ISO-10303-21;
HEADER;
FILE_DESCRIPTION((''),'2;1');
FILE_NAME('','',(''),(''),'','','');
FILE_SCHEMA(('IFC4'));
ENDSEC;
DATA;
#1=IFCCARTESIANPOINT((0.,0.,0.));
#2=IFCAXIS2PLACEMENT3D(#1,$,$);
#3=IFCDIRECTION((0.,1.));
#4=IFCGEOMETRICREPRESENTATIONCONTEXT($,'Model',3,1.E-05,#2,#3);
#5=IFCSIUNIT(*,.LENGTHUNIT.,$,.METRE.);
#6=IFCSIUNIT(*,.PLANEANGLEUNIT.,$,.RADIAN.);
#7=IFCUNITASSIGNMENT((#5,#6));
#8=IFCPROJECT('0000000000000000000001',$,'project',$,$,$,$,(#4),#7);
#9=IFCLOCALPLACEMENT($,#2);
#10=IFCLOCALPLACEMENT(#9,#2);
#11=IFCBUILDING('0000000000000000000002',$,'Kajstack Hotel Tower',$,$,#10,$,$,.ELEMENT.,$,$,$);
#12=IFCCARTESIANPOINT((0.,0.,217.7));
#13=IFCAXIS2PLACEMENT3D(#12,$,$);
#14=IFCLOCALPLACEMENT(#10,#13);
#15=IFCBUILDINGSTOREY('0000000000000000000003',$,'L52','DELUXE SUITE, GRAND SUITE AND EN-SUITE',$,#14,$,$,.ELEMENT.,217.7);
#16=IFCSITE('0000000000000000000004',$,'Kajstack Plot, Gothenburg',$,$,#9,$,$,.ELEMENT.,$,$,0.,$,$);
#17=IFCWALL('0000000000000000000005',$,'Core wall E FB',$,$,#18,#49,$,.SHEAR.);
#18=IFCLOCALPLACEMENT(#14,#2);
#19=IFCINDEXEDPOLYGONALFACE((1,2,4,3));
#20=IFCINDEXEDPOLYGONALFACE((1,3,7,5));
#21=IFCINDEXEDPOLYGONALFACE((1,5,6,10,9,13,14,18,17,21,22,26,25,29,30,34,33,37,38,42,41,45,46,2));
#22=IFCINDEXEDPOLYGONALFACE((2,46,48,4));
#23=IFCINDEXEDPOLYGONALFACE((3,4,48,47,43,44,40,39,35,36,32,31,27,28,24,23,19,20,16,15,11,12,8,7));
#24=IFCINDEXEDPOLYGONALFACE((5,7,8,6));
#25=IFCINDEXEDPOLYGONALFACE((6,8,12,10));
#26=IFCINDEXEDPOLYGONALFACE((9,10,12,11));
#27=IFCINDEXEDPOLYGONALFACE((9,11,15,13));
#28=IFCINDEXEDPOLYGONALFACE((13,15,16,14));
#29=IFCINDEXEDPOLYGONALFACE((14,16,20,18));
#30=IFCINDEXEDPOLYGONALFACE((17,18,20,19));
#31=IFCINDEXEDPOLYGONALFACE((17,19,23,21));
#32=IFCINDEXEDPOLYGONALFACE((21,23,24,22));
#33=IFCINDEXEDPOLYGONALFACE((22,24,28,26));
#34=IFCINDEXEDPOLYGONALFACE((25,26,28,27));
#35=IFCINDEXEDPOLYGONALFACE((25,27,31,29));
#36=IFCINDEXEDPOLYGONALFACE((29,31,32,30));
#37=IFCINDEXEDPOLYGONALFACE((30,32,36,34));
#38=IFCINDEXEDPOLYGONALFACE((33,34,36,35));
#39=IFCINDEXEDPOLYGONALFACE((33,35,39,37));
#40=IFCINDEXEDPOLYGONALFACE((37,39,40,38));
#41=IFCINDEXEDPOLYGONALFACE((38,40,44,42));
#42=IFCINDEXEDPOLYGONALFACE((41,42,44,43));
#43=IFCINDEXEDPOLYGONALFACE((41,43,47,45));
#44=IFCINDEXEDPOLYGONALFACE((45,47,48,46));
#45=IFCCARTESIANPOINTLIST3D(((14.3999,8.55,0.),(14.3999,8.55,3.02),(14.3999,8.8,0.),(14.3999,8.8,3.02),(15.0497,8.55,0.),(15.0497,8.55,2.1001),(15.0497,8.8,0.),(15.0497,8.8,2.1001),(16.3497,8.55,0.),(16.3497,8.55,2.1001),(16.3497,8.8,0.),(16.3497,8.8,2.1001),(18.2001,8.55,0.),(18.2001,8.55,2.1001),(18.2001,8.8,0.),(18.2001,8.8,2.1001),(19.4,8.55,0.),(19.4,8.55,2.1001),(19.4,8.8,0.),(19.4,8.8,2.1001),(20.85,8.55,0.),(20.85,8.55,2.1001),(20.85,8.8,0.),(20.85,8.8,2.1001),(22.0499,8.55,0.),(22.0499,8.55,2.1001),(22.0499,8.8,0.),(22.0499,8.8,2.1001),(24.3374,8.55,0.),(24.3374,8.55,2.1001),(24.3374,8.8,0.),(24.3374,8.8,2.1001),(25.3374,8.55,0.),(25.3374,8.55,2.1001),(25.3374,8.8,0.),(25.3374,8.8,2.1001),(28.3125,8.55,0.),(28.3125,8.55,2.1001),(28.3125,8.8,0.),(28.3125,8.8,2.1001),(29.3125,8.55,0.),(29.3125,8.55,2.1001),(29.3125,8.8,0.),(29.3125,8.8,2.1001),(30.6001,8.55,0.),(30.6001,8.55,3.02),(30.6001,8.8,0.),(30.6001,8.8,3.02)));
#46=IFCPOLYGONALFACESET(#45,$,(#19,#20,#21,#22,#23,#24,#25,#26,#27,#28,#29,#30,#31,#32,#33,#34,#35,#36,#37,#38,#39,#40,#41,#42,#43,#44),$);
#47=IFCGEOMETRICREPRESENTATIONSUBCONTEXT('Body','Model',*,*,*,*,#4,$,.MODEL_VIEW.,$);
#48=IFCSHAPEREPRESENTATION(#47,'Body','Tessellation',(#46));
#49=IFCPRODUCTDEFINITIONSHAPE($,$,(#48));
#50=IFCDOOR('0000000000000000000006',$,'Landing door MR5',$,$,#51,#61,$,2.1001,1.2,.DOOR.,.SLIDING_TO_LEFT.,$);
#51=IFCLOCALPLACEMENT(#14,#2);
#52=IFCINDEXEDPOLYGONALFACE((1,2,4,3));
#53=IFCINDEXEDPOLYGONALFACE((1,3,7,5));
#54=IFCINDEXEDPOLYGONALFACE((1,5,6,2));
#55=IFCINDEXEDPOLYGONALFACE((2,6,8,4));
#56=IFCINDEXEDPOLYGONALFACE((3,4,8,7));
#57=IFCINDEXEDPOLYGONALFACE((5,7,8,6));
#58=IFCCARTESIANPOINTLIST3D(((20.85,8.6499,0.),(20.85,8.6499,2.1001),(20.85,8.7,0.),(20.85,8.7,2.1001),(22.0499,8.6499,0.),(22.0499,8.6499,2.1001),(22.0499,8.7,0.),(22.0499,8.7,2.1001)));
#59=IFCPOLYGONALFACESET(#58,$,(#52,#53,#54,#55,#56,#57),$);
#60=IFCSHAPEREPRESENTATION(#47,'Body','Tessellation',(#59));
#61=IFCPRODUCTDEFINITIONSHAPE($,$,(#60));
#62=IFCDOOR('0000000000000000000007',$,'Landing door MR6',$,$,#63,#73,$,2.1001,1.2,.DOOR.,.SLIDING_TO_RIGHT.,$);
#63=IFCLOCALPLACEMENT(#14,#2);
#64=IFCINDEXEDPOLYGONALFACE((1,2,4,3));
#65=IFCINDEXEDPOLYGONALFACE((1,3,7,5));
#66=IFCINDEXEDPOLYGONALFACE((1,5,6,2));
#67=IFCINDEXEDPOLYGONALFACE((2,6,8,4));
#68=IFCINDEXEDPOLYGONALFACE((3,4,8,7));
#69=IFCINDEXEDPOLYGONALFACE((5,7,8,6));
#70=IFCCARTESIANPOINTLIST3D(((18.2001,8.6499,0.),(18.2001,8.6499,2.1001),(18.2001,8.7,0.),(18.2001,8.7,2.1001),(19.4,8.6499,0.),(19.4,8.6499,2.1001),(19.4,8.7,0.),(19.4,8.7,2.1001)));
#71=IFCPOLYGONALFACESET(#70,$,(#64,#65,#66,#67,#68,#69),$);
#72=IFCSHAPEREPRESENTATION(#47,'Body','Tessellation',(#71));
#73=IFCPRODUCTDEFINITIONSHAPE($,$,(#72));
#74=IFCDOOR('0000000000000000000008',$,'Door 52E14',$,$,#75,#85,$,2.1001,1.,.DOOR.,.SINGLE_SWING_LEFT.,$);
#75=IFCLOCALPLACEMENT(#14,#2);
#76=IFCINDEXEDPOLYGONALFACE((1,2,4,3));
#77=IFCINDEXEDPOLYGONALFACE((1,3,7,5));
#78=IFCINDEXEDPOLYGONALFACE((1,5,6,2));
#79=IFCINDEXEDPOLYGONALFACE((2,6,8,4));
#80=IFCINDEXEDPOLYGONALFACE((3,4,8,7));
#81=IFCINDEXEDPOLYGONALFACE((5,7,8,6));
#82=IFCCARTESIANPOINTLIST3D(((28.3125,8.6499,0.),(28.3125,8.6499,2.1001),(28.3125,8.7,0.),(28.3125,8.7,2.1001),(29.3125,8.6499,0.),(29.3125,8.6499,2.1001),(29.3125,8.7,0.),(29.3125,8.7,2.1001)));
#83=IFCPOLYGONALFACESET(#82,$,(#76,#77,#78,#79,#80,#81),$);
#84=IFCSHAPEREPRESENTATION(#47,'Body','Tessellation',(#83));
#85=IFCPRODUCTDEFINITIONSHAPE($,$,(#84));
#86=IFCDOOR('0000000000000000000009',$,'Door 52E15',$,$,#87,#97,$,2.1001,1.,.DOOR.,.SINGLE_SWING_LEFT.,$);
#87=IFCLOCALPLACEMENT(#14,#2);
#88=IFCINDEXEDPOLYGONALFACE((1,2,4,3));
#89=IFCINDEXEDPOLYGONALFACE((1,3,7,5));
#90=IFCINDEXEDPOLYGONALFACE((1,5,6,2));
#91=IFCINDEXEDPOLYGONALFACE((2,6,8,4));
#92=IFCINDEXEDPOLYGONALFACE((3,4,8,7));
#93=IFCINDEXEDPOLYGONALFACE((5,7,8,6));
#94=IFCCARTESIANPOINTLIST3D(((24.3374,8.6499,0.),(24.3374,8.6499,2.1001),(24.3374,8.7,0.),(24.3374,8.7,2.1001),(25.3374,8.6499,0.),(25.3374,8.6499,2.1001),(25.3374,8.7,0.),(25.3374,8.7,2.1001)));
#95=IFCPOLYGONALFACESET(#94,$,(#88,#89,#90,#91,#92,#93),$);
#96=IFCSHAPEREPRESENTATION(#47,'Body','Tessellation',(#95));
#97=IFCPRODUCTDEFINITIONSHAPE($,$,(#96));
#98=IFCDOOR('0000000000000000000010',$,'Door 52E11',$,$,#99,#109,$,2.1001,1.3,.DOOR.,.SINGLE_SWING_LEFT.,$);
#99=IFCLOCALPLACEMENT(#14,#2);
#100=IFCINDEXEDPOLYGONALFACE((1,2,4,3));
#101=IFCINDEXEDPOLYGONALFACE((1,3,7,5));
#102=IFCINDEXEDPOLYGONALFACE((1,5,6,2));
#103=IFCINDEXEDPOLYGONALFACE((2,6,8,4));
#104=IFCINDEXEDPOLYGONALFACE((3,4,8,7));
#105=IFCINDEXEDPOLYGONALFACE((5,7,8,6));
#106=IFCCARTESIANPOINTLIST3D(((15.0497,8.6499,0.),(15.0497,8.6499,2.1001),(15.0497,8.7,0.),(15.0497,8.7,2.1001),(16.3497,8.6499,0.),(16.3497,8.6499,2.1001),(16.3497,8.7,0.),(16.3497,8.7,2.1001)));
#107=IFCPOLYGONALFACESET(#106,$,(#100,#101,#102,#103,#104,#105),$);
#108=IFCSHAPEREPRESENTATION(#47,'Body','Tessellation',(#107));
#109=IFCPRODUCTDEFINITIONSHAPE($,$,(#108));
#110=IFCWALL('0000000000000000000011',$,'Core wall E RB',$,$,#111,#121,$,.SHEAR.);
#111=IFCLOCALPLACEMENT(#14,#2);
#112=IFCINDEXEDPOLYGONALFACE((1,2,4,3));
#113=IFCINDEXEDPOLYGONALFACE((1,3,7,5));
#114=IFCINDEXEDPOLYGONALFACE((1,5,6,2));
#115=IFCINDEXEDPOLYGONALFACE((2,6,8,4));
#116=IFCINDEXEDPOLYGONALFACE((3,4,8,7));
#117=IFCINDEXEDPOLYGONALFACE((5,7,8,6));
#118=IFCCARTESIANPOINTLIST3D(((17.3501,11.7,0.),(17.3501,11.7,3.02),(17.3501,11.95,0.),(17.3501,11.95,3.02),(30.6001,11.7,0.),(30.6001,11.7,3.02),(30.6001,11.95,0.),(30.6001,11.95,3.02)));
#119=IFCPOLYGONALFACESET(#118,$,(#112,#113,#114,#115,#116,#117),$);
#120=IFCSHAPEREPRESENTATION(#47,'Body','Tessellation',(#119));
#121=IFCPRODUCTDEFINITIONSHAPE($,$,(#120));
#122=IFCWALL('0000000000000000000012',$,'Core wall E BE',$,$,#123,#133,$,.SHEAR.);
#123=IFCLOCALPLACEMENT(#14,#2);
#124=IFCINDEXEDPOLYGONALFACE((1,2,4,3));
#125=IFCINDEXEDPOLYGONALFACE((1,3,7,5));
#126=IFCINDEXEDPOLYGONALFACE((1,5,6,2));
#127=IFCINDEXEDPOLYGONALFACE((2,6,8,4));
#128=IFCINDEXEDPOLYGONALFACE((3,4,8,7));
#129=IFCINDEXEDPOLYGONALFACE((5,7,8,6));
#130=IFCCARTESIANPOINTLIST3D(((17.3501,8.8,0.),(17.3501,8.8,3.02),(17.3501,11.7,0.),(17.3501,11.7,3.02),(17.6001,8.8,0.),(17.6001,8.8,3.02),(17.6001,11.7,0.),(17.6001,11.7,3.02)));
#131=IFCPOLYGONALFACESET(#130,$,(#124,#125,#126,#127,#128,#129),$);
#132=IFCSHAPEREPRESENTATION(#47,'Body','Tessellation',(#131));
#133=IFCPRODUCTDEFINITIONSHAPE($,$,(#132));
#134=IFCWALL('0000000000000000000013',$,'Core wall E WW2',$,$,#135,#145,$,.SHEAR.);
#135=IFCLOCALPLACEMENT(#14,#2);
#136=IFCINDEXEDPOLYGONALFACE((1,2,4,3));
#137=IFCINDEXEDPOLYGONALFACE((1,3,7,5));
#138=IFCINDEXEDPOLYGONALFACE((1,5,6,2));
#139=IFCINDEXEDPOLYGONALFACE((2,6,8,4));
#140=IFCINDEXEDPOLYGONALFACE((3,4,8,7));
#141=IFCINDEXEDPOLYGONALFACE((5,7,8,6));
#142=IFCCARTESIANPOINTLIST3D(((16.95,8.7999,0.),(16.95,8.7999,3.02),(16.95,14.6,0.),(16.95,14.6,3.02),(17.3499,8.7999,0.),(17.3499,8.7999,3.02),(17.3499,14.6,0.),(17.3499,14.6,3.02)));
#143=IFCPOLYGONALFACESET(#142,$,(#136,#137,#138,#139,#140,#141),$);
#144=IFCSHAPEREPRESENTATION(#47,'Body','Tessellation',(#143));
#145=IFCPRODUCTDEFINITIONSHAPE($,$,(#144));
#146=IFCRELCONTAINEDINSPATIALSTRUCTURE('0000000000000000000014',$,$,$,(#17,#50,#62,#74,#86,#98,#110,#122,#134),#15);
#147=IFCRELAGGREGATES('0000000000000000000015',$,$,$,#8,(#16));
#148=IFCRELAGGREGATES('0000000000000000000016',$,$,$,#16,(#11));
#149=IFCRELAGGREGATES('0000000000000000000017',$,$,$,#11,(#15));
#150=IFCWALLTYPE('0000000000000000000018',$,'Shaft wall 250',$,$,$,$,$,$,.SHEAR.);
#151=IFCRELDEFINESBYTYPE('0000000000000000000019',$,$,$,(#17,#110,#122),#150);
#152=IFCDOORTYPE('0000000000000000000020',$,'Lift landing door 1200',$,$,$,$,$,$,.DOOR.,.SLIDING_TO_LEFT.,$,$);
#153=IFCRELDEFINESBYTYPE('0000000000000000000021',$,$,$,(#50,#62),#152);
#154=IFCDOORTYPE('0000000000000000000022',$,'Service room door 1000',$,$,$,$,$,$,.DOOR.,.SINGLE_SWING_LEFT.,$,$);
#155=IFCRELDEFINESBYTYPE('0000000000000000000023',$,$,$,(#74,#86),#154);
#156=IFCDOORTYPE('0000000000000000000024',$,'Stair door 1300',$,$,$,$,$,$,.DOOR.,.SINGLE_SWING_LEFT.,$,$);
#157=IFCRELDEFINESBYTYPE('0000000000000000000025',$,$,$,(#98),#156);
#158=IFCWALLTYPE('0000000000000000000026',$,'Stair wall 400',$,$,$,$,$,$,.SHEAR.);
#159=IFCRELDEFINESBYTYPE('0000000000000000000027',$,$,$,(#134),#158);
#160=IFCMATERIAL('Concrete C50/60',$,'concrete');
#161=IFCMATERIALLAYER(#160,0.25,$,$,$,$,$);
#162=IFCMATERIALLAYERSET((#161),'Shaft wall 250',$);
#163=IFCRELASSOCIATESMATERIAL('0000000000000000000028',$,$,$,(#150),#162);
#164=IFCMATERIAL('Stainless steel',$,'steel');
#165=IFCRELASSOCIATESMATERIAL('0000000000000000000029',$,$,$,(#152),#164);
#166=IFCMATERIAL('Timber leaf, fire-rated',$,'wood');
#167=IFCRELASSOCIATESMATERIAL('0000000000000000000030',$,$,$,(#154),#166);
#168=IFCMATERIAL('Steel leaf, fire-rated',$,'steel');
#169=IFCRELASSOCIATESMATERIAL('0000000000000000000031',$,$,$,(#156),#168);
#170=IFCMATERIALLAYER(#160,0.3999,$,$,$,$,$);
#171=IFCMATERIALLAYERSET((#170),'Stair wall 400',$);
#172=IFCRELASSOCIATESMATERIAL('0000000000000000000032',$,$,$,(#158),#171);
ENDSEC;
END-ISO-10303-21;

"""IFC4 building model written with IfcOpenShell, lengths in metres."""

from ifc_helpers import new_model, si_unit, direction, frame, frame_2d, origin, place, context, subcontext, project, spatial, rectangle, extrude, material, layer, layer_set, type_object, element, fill, save


model = new_model("IFC4")

# Units and contexts
model_context = context("Model", 3, precision=1e-05, world=origin(), true_north=direction((0.0, 1.0)))
body_context = subcontext(model_context, "Body", "Model", "MODEL_VIEW")
ifc_project = project(units=[si_unit("LENGTHUNIT", "METRE"), si_unit("PLANEANGLEUNIT", "RADIAN")], contexts=[model_context])

# Site, building, storey
site_placement = place(None, origin())
site = spatial("IfcSite", under=ifc_project, at=site_placement, Name="Kajstack Plot, Gothenburg", CompositionType="ELEMENT", RefElevation=0.0)
building_placement = place(site_placement, origin())
building = spatial("IfcBuilding", under=site, at=building_placement, Name="Kajstack Hotel Tower", CompositionType="ELEMENT")
storey_placement = place(building_placement, frame((0.0, 0.0, 217.7)))
storey = spatial("IfcBuildingStorey", under=building, at=storey_placement, Name="L52", Description="DELUXE SUITE, GRAND SUITE AND EN-SUITE", CompositionType="ELEMENT", Elevation=217.7)

# Wall, openings, doors
ifc_material_1 = material(Name="Concrete C50/60", Category="concrete")
ifc_layer_1 = layer(ifc_material_1, 0.25)
ifc_layer_set_1 = layer_set([ifc_layer_1], Name="Shaft wall 250")
wall_type_1 = type_object("IfcWallType", Name="Shaft wall 250", PredefinedType="SHEAR", material=ifc_layer_set_1)
ifc_material_2 = material(Name="Stainless steel", Category="steel")
door_type_1 = type_object("IfcDoorType", Name="Lift landing door 1200", OperationType="SLIDING_TO_LEFT", PredefinedType="DOOR", material=ifc_material_2)
wall_1_placement = place(storey_placement, frame((14.3999, 8.675, 0.0), z_axis=(0.0, 0.0, 1.0), x_axis=(1.0, 0.0, 0.0)))
wall_1 = element("IfcWall", 1, at=wall_1_placement, inside=storey, type_object=wall_type_1, Name="Core wall E FB", PredefinedType="SHEAR", context=body_context, shape_type="SweptSolid", body=[
    extrude(rectangle(XDim=16.2002, YDim=0.25, at=frame_2d((8.1001, 0.0))), origin(), (0.0, 0.0, 1.0), 3.02),
])
opening_1_placement = place(wall_1_placement, frame((6.45, 0.0, 0.0)))
opening_1 = element("IfcOpeningElement", 2, at=opening_1_placement, cuts=wall_1, PredefinedType="OPENING", context=body_context, shape_type="SweptSolid", body=[
    extrude(rectangle(XDim=1.2, YDim=2.1001, at=frame_2d((0.6001, 1.05))), frame((0.0, 0.135, 0.0), z_axis=(0.0, -1.0, 0.0), x_axis=(1.0, 0.0, 0.0)), (0.0, 0.0, 1.0), 0.27),
])
opening_2_placement = place(wall_1_placement, frame((3.8, 0.0, 0.0)))
opening_2 = element("IfcOpeningElement", 3, at=opening_2_placement, cuts=wall_1, PredefinedType="OPENING", context=body_context, shape_type="SweptSolid", body=[
    extrude(rectangle(XDim=1.2, YDim=2.1001, at=frame_2d((0.6001, 1.05))), frame((0.0, 0.135, 0.0), z_axis=(0.0, -1.0, 0.0), x_axis=(1.0, 0.0, 0.0)), (0.0, 0.0, 1.0), 0.27),
])
opening_3_placement = place(wall_1_placement, frame((0.6499, 0.0, 0.0)))
opening_3 = element("IfcOpeningElement", 4, at=opening_3_placement, cuts=wall_1, PredefinedType="OPENING", context=body_context, shape_type="SweptSolid", body=[
    extrude(rectangle(XDim=1.3, YDim=2.1001, at=frame_2d((0.6499, 1.05))), frame((0.0, 0.135, 0.0), z_axis=(0.0, -1.0, 0.0), x_axis=(1.0, 0.0, 0.0)), (0.0, 0.0, 1.0), 0.27),
])
opening_4_placement = place(wall_1_placement, frame((13.9126, 0.0, 0.0)))
opening_4 = element("IfcOpeningElement", 5, at=opening_4_placement, cuts=wall_1, PredefinedType="OPENING", context=body_context, shape_type="SweptSolid", body=[
    extrude(rectangle(XDim=1.0, YDim=2.1001, at=frame_2d((0.5, 1.05))), frame((0.0, 0.135, 0.0), z_axis=(0.0, -1.0, 0.0), x_axis=(1.0, 0.0, 0.0)), (0.0, 0.0, 1.0), 0.27),
])
opening_5_placement = place(wall_1_placement, frame((9.9375, 0.0, 0.0)))
opening_5 = element("IfcOpeningElement", 6, at=opening_5_placement, cuts=wall_1, PredefinedType="OPENING", context=body_context, shape_type="SweptSolid", body=[
    extrude(rectangle(XDim=1.0, YDim=2.1001, at=frame_2d((0.5, 1.05))), frame((0.0, 0.135, 0.0), z_axis=(0.0, -1.0, 0.0), x_axis=(1.0, 0.0, 0.0)), (0.0, 0.0, 1.0), 0.27),
])
door_1_placement = place(opening_1_placement, origin())
door_1 = element("IfcDoor", 7, at=door_1_placement, inside=storey, type_object=door_type_1, Name="Landing door MR5", OperationType="SLIDING_TO_LEFT", OverallHeight=2.1001, OverallWidth=1.2, PredefinedType="DOOR", context=body_context, shape_type="SweptSolid", body=[
    extrude(rectangle(XDim=1.2, YDim=2.1001, at=frame_2d((0.6001, 1.05))), frame((0.0, 0.0249, 0.0), z_axis=(0.0, -1.0, 0.0), x_axis=(1.0, 0.0, 0.0)), (0.0, 0.0, 1.0), 0.05),
])
fill(opening_1, door_1)
door_2_placement = place(opening_2_placement, origin())
door_2 = element("IfcDoor", 8, at=door_2_placement, inside=storey, type_object=door_type_1, Name="Landing door MR6", OperationType="SLIDING_TO_RIGHT", OverallHeight=2.1001, OverallWidth=1.2, PredefinedType="DOOR", context=body_context, shape_type="SweptSolid", body=[
    extrude(rectangle(XDim=1.2, YDim=2.1001, at=frame_2d((0.6001, 1.05))), frame((0.0, 0.0249, 0.0), z_axis=(0.0, -1.0, 0.0), x_axis=(1.0, 0.0, 0.0)), (0.0, 0.0, 1.0), 0.05),
])
fill(opening_2, door_2)
ifc_material_3 = material(Name="Timber leaf, fire-rated", Category="wood")
door_type_2 = type_object("IfcDoorType", Name="Service room door 1000", OperationType="SINGLE_SWING_LEFT", PredefinedType="DOOR", material=ifc_material_3)
door_3_placement = place(opening_4_placement, origin())
door_3 = element("IfcDoor", 9, at=door_3_placement, inside=storey, type_object=door_type_2, Name="Door 52E14", OperationType="SINGLE_SWING_LEFT", OverallHeight=2.1001, OverallWidth=1.0, PredefinedType="DOOR", context=body_context, shape_type="SweptSolid", body=[
    extrude(rectangle(XDim=1.0, YDim=2.1001, at=frame_2d((0.5, 1.05))), frame((0.0, 0.0249, 0.0), z_axis=(0.0, -1.0, 0.0), x_axis=(1.0, 0.0, 0.0)), (0.0, 0.0, 1.0), 0.05),
])
fill(opening_4, door_3)
door_4_placement = place(opening_5_placement, origin())
door_4 = element("IfcDoor", 10, at=door_4_placement, inside=storey, type_object=door_type_2, Name="Door 52E15", OperationType="SINGLE_SWING_LEFT", OverallHeight=2.1001, OverallWidth=1.0, PredefinedType="DOOR", context=body_context, shape_type="SweptSolid", body=[
    extrude(rectangle(XDim=1.0, YDim=2.1001, at=frame_2d((0.5, 1.05))), frame((0.0, 0.0249, 0.0), z_axis=(0.0, -1.0, 0.0), x_axis=(1.0, 0.0, 0.0)), (0.0, 0.0, 1.0), 0.05),
])
fill(opening_5, door_4)
ifc_material_4 = material(Name="Steel leaf, fire-rated", Category="steel")
door_type_3 = type_object("IfcDoorType", Name="Stair door 1300", OperationType="SINGLE_SWING_LEFT", PredefinedType="DOOR", material=ifc_material_4)
door_5_placement = place(opening_3_placement, origin())
door_5 = element("IfcDoor", 11, at=door_5_placement, inside=storey, type_object=door_type_3, Name="Door 52E11", OperationType="SINGLE_SWING_LEFT", OverallHeight=2.1001, OverallWidth=1.3, PredefinedType="DOOR", context=body_context, shape_type="SweptSolid", body=[
    extrude(rectangle(XDim=1.3, YDim=2.1001, at=frame_2d((0.6499, 1.05))), frame((0.0, 0.0249, 0.0), z_axis=(0.0, -1.0, 0.0), x_axis=(1.0, 0.0, 0.0)), (0.0, 0.0, 1.0), 0.05),
])
fill(opening_3, door_5)

# Walls
wall_2_placement = place(storey_placement, frame((17.3501, 11.825, 0.0), z_axis=(0.0, 0.0, 1.0), x_axis=(1.0, 0.0, 0.0)))
element("IfcWall", 12, at=wall_2_placement, inside=storey, type_object=wall_type_1, Name="Core wall E RB", PredefinedType="SHEAR", context=body_context, shape_type="SweptSolid", body=[
    extrude(rectangle(XDim=13.25, YDim=0.25, at=frame_2d((6.625, 0.0))), origin(), (0.0, 0.0, 1.0), 3.02),
])
wall_3_placement = place(storey_placement, frame((17.4751, 8.8, 0.0), z_axis=(0.0, 0.0, 1.0), x_axis=(0.0, 1.0, 0.0)))
element("IfcWall", 13, at=wall_3_placement, inside=storey, type_object=wall_type_1, Name="Core wall E BE", PredefinedType="SHEAR", context=body_context, shape_type="SweptSolid", body=[
    extrude(rectangle(XDim=2.8999, YDim=0.25, at=frame_2d((1.45, 0.0))), origin(), (0.0, 0.0, 1.0), 3.02),
])
ifc_layer_2 = layer(ifc_material_1, 0.3999)
ifc_layer_set_2 = layer_set([ifc_layer_2], Name="Stair wall 400")
wall_type_2 = type_object("IfcWallType", Name="Stair wall 400", PredefinedType="SHEAR", material=ifc_layer_set_2)
wall_4_placement = place(storey_placement, frame((17.1499, 8.8, 0.0), z_axis=(0.0, 0.0, 1.0), x_axis=(0.0, 1.0, 0.0)))
element("IfcWall", 14, at=wall_4_placement, inside=storey, type_object=wall_type_2, Name="Core wall E WW2", PredefinedType="SHEAR", context=body_context, shape_type="SweptSolid", body=[
    extrude(rectangle(XDim=5.8, YDim=0.3999, at=frame_2d((2.8999, 0.0))), origin(), (0.0, 0.0, 1.0), 3.02),
])

save(model, "model.ifc")
